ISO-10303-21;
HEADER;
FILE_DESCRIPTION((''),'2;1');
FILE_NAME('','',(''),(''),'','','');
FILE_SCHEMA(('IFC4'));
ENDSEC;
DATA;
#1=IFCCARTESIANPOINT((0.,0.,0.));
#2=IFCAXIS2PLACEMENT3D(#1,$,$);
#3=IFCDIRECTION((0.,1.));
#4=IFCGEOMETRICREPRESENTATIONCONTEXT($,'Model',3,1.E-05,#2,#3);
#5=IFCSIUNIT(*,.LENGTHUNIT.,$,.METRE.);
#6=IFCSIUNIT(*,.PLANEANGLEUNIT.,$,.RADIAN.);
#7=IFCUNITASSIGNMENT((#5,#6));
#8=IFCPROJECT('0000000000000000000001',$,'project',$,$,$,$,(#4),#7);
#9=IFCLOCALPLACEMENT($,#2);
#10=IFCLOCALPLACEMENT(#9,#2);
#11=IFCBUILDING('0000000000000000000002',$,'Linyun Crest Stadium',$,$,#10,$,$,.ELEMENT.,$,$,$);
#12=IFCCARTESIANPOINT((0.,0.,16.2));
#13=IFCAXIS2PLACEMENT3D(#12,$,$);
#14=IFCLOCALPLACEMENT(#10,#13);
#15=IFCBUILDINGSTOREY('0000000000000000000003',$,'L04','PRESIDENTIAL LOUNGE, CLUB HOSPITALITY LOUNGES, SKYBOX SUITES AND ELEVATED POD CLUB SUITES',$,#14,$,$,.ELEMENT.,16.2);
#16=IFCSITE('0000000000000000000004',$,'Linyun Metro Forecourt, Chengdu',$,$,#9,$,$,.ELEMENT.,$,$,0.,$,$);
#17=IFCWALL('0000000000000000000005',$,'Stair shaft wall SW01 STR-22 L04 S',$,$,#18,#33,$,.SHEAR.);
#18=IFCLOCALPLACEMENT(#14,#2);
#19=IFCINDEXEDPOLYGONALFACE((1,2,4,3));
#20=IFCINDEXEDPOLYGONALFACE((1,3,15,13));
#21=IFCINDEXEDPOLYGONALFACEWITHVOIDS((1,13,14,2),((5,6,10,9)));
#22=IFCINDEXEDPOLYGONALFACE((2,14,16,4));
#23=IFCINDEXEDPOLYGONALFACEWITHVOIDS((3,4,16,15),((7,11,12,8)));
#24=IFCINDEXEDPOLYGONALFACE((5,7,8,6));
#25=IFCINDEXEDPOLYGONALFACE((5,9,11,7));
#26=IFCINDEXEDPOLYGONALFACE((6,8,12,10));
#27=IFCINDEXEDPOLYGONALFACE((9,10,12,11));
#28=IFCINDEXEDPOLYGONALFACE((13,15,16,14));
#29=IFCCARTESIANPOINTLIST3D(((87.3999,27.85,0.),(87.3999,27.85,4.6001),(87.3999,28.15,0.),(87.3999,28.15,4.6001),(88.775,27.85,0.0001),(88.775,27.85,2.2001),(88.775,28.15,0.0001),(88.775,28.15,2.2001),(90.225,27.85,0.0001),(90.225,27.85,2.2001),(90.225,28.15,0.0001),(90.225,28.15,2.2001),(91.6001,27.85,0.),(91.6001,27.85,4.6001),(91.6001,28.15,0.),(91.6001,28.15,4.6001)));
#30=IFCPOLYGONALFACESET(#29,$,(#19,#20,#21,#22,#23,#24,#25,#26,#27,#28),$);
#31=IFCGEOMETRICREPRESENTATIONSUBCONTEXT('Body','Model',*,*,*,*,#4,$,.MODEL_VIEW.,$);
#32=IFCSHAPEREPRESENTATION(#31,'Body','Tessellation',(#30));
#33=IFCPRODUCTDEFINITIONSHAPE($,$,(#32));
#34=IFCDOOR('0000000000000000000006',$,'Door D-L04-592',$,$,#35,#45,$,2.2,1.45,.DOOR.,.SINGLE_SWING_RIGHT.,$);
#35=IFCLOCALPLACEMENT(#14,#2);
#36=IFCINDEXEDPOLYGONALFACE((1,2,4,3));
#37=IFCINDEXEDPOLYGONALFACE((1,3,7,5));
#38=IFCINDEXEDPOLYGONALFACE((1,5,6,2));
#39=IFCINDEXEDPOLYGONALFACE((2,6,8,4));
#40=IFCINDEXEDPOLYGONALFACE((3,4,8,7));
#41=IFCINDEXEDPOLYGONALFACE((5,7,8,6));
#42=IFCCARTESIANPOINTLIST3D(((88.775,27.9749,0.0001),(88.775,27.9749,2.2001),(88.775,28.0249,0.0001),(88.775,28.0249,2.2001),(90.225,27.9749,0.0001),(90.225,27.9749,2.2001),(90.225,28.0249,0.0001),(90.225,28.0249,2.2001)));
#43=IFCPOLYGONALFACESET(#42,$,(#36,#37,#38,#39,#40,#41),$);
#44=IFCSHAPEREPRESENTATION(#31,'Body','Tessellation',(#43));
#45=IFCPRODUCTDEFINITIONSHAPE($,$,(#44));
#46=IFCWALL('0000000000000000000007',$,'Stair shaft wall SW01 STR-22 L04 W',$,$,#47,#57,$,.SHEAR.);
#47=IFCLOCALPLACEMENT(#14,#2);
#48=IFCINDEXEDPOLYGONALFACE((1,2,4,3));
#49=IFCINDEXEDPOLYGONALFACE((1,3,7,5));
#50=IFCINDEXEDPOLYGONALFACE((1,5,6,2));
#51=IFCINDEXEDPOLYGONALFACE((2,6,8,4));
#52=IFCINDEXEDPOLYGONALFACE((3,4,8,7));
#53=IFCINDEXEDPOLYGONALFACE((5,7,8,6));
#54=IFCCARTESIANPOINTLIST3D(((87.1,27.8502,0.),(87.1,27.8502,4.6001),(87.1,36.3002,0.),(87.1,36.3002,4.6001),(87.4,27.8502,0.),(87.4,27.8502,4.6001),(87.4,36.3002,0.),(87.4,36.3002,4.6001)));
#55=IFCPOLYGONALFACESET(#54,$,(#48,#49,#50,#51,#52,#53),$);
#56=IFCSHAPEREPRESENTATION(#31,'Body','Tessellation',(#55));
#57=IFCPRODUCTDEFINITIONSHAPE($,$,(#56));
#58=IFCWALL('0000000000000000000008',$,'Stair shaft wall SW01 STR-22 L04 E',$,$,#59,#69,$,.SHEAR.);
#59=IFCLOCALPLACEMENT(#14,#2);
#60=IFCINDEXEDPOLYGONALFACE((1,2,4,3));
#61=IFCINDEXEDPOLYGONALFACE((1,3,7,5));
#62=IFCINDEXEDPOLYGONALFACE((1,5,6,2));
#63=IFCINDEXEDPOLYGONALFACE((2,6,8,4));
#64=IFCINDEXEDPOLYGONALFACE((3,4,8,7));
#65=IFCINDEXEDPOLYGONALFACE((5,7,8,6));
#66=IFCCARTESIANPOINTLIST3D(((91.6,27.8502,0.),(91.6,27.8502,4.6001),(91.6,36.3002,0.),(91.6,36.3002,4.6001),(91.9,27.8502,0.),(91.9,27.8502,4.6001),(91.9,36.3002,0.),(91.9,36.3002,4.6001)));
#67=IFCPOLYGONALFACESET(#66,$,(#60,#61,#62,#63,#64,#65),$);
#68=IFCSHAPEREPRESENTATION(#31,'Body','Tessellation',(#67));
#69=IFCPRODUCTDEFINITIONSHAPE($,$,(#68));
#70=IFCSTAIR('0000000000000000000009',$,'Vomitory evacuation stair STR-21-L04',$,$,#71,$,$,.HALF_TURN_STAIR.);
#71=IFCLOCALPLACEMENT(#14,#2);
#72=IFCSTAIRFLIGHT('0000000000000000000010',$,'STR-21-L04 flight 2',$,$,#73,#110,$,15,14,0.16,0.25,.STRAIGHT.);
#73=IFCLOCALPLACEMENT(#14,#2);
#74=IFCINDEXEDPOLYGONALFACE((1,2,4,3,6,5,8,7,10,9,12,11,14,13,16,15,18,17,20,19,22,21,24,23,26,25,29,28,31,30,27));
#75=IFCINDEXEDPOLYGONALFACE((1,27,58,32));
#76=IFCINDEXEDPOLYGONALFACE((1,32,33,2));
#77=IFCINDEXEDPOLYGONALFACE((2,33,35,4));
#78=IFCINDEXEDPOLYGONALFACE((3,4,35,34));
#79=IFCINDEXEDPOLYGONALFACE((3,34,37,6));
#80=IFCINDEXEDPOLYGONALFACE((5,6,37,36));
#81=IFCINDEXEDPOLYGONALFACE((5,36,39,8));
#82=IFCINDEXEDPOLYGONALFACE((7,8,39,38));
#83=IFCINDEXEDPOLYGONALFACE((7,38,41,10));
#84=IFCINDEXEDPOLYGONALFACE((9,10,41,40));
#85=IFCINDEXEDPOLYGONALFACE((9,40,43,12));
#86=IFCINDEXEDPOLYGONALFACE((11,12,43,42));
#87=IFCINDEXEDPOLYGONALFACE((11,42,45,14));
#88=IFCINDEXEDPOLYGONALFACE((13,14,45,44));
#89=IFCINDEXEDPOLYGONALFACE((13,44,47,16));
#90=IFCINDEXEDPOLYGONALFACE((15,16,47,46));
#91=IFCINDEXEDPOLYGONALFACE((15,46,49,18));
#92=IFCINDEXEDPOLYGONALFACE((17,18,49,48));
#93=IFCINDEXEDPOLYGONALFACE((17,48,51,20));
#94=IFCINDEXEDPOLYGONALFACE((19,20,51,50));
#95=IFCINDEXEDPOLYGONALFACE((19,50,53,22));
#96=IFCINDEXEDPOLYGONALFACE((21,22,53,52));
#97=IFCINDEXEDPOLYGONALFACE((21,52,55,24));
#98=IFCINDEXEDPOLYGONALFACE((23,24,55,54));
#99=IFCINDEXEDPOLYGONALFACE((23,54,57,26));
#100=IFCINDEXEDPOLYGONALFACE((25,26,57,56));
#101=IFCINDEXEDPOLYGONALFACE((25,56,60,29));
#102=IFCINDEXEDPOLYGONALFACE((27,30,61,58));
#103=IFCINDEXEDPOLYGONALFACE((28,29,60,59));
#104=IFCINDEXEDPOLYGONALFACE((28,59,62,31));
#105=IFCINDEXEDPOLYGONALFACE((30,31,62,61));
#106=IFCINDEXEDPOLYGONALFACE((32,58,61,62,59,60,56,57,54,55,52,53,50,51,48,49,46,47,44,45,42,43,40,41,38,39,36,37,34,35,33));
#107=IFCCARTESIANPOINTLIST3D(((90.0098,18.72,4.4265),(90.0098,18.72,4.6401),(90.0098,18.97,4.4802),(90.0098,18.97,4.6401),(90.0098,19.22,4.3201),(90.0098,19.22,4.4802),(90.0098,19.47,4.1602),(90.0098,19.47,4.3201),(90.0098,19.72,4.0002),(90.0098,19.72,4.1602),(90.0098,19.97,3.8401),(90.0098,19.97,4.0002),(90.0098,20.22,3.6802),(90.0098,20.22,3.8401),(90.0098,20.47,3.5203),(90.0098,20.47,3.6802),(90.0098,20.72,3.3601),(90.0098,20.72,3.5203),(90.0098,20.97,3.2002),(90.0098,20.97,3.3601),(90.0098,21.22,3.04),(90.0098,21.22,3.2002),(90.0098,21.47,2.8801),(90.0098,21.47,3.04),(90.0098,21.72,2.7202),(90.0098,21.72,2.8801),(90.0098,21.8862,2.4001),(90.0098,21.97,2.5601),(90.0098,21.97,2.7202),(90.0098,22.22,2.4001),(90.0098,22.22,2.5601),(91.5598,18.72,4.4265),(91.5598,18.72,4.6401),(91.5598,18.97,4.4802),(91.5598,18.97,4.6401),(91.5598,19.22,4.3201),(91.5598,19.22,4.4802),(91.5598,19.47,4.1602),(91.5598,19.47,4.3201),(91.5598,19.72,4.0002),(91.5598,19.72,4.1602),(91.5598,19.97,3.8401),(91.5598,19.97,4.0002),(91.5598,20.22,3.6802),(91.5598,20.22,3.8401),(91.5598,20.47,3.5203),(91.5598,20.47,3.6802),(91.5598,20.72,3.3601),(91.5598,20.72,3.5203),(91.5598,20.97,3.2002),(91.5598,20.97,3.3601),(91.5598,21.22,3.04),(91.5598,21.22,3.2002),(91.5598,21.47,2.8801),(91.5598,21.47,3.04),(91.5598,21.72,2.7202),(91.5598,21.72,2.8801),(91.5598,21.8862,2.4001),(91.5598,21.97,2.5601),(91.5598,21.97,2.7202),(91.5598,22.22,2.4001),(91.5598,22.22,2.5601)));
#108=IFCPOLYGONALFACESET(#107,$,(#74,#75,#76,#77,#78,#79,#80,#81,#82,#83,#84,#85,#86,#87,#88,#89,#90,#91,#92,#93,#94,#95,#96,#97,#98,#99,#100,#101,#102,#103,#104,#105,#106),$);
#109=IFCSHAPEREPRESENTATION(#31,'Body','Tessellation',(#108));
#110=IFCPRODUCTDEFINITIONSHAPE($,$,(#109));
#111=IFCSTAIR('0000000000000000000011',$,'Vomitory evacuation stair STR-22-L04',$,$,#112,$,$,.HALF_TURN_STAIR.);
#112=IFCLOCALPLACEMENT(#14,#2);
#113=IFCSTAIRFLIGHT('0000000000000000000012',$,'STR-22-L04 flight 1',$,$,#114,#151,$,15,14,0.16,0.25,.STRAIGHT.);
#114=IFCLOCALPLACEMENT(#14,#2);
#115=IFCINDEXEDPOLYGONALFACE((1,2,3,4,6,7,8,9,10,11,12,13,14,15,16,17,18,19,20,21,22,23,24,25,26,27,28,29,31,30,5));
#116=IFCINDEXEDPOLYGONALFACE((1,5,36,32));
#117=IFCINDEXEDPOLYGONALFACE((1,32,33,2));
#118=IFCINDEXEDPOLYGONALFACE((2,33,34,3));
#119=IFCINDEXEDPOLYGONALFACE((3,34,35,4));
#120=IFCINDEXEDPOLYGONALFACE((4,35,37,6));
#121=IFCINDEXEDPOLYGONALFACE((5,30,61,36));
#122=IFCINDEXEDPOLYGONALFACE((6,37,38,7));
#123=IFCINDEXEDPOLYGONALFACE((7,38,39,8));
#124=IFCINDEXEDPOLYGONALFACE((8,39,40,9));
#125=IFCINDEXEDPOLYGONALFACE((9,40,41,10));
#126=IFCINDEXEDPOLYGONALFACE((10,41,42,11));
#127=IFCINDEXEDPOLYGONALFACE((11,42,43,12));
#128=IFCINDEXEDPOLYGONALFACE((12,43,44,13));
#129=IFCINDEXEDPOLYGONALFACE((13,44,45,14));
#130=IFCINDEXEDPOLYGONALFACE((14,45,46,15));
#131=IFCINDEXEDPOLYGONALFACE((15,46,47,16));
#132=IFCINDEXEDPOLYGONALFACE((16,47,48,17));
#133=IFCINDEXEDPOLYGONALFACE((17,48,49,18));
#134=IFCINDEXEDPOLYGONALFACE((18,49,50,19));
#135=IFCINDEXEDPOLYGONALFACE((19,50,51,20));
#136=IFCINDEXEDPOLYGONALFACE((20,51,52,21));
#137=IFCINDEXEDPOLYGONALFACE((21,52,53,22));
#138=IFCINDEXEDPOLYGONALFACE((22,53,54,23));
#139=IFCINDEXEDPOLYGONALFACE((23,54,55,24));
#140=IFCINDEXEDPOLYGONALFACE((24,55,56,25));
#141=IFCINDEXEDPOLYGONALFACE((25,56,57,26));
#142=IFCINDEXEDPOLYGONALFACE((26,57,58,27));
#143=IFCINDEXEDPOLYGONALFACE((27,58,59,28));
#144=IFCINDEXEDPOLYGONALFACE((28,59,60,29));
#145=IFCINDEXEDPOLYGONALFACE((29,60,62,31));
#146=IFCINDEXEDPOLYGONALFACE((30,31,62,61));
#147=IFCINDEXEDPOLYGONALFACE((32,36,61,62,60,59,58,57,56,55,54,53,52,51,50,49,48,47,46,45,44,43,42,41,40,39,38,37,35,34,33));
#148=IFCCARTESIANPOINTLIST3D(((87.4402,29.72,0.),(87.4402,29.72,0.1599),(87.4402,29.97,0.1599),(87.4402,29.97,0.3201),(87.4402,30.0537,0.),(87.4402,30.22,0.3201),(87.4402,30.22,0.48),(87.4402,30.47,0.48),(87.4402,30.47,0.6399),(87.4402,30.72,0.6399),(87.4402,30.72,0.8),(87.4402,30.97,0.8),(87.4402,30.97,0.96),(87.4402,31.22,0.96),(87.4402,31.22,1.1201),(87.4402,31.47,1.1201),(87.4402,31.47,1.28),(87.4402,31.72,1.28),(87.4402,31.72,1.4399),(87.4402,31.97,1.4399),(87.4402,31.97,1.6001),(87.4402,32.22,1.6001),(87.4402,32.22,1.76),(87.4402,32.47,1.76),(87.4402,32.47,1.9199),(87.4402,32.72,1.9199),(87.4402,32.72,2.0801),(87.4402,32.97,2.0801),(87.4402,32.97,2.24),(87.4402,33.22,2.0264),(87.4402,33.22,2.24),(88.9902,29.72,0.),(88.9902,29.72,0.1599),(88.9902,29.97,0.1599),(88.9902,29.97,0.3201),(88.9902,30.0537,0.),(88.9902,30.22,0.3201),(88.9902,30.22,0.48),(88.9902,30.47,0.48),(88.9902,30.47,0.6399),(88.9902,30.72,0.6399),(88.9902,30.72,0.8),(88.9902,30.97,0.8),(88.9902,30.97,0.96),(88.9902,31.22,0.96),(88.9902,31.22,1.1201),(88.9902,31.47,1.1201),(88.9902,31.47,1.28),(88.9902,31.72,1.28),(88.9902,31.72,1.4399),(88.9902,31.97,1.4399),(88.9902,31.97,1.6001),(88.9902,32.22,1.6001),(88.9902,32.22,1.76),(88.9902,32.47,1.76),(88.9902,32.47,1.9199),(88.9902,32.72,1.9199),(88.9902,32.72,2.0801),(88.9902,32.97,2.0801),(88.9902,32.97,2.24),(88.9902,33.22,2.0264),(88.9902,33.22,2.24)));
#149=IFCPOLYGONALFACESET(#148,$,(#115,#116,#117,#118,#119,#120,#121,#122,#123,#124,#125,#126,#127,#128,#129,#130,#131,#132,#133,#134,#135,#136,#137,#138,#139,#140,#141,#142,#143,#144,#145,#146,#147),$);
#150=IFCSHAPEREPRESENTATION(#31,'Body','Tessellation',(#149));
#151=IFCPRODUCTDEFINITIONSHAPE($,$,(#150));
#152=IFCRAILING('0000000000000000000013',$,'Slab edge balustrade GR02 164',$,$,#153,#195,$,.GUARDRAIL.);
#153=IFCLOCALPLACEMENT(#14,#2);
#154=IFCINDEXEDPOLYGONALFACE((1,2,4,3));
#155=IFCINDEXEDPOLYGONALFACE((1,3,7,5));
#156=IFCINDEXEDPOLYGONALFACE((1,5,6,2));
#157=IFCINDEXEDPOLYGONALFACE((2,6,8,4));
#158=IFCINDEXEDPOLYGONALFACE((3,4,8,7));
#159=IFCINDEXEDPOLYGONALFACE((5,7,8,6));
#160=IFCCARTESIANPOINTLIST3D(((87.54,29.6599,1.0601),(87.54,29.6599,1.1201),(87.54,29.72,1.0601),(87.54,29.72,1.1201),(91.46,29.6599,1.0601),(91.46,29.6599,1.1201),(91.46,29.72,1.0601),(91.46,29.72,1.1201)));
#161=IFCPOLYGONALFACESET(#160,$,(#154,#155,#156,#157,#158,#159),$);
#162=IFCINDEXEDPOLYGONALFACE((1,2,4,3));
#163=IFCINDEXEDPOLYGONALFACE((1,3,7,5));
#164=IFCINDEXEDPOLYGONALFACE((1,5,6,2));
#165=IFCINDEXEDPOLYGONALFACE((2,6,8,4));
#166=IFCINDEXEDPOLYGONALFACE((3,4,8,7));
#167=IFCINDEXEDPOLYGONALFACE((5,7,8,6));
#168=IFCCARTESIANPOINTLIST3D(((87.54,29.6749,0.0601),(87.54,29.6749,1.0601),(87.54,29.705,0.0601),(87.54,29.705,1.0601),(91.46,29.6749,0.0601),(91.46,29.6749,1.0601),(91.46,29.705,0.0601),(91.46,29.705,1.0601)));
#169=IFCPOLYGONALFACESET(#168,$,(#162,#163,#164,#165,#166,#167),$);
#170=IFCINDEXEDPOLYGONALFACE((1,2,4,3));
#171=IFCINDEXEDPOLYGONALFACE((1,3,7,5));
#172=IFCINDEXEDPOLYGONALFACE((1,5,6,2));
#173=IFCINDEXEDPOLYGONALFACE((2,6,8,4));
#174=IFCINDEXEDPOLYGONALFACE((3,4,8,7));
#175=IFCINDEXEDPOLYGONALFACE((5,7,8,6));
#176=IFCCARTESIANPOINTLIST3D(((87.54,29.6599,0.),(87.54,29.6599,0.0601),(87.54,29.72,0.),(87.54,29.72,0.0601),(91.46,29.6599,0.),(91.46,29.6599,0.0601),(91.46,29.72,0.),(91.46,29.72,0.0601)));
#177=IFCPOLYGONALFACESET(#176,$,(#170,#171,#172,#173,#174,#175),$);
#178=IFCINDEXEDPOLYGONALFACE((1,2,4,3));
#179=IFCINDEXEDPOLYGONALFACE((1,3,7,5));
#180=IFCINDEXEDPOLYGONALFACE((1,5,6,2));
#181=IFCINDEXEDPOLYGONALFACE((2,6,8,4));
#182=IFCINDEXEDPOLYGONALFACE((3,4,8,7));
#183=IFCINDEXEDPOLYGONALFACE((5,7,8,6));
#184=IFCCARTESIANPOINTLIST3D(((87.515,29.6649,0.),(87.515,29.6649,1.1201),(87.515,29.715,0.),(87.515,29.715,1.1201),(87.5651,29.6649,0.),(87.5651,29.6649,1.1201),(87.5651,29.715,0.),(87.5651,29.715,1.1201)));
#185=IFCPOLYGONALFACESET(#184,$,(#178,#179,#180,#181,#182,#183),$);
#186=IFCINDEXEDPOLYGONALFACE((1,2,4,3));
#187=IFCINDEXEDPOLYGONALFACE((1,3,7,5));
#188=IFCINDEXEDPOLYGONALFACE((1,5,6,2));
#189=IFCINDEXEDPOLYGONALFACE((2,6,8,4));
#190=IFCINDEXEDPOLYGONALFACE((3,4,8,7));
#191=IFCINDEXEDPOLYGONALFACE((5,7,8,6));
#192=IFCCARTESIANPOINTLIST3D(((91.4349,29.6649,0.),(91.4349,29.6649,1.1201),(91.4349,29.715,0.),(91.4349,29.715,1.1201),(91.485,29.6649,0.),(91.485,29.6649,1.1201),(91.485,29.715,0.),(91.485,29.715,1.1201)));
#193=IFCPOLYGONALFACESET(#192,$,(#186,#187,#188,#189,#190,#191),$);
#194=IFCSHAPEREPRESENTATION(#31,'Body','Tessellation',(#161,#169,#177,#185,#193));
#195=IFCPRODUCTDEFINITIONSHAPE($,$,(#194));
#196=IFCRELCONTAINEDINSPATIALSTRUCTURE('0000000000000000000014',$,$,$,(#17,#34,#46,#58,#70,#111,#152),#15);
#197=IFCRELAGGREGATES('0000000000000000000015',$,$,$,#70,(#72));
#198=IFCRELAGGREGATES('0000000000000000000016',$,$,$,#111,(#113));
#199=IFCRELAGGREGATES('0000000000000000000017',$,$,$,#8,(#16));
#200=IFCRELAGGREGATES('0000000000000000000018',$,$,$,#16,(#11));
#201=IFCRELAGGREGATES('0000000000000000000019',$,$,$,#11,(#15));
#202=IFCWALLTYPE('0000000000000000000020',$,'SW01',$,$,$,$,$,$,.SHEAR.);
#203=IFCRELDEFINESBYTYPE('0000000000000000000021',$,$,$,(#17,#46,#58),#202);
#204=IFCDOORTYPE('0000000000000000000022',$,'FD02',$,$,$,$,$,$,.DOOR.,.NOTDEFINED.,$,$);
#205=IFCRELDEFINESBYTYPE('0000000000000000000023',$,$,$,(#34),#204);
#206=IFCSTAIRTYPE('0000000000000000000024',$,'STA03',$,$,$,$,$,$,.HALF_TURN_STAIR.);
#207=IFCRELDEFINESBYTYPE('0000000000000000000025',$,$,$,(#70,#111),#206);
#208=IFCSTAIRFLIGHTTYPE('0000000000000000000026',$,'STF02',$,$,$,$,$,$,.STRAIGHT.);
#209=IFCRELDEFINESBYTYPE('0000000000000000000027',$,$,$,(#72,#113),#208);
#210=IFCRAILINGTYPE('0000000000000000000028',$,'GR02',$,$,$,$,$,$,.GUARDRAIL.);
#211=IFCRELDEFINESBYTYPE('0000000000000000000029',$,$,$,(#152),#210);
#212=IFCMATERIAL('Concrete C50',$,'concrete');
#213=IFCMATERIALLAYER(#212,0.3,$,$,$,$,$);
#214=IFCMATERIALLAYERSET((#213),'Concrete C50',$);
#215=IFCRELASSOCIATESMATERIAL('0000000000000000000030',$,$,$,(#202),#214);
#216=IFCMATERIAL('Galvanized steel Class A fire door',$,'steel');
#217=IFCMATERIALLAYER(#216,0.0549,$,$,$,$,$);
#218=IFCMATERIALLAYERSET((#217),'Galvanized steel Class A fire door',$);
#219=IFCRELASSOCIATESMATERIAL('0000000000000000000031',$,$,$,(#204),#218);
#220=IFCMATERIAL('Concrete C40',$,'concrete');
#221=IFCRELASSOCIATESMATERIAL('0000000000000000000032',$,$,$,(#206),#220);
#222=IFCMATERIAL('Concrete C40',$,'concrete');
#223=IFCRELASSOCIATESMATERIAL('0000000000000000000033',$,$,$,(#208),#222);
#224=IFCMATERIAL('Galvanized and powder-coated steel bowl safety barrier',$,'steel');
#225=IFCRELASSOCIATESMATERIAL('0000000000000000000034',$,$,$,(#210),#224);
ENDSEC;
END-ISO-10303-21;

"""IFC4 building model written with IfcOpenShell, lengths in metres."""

from ifc_helpers import new_model, si_unit, direction, frame, frame_2d, origin, origin_2d, place, context, subcontext, project, spatial, polyline, rectangle, outline, extrude, material, layer, layer_set, type_object, element, fill, aggregate, save


model = new_model("IFC4")

# Units and contexts
model_context = context("Model", 3, precision=1e-05, world=origin(), true_north=direction((0.0, 1.0)))
body_context = subcontext(model_context, "Body", "Model", "MODEL_VIEW")
ifc_project = project(units=[si_unit("LENGTHUNIT", "METRE"), si_unit("PLANEANGLEUNIT", "RADIAN")], contexts=[model_context])

# Site, building, storey
site_placement = place(None, origin())
site = spatial("IfcSite", under=ifc_project, at=site_placement, Name="Linyun Metro Forecourt, Chengdu", CompositionType="ELEMENT", RefElevation=0.0)
building_placement = place(site_placement, origin())
building = spatial("IfcBuilding", under=site, at=building_placement, Name="Linyun Crest Stadium", CompositionType="ELEMENT")
storey_placement = place(building_placement, frame((0.0, 0.0, 16.2)))
storey = spatial("IfcBuildingStorey", under=building, at=storey_placement, Name="L04", Description="PRESIDENTIAL LOUNGE, CLUB HOSPITALITY LOUNGES, SKYBOX SUITES AND ELEVATED POD CLUB SUITES", CompositionType="ELEMENT", Elevation=16.2)

# Shared definitions
ifc_material_1 = material(Name="Concrete C50", Category="concrete")
ifc_layer_1 = layer(ifc_material_1, 0.3)
ifc_layer_set_1 = layer_set([ifc_layer_1], Name="Concrete C50")
wall_type = type_object("IfcWallType", Name="SW01", PredefinedType="SHEAR", material=ifc_layer_set_1)

# Wall, opening, door
wall_1_placement = place(storey_placement, frame((87.3999, 28.0, 0.0), z_axis=(0.0, 0.0, 1.0), x_axis=(1.0, 0.0, 0.0)))
wall_1 = element("IfcWall", 1, at=wall_1_placement, inside=storey, type_object=wall_type, Name="Stair shaft wall SW01 STR-22 L04 S", PredefinedType="SHEAR", context=body_context, shape_type="SweptSolid", body=[
    extrude(rectangle(XDim=4.2002, YDim=0.3, at=frame_2d((2.1001, 0.0))), origin(), (0.0, 0.0, 1.0), 4.6001),
])
opening_placement = place(wall_1_placement, frame((1.375, 0.0, 0.0)))
opening = element("IfcOpeningElement", 2, at=opening_placement, cuts=wall_1, PredefinedType="OPENING", context=body_context, shape_type="SweptSolid", body=[
    extrude(rectangle(XDim=1.45, YDim=2.2, at=frame_2d((0.7251, 1.1001))), frame((0.0, 0.1599, 0.0), z_axis=(0.0, -1.0, 0.0), x_axis=(1.0, 0.0, 0.0)), (0.0, 0.0, 1.0), 0.3201),
])
ifc_material_2 = material(Name="Galvanized steel Class A fire door", Category="steel")
ifc_layer_2 = layer(ifc_material_2, 0.0549)
ifc_layer_set_2 = layer_set([ifc_layer_2], Name="Galvanized steel Class A fire door")
door_type = type_object("IfcDoorType", Name="FD02", OperationType="NOTDEFINED", PredefinedType="DOOR", material=ifc_layer_set_2)
door_placement = place(opening_placement, origin())
door = element("IfcDoor", 3, at=door_placement, inside=storey, type_object=door_type, Name="Door D-L04-592", OperationType="SINGLE_SWING_RIGHT", OverallHeight=2.2, OverallWidth=1.45, PredefinedType="DOOR", context=body_context, shape_type="SweptSolid", body=[
    extrude(rectangle(XDim=1.45, YDim=2.2, at=frame_2d((0.7251, 1.1001))), frame((0.0, 0.0249, 0.0), z_axis=(0.0, -1.0, 0.0), x_axis=(1.0, 0.0, 0.0)), (0.0, 0.0, 1.0), 0.05),
])
fill(opening, door)

# Walls
for number, where, z_axis, x_axis, name in (
    (4, (87.25, 27.8501, 0.0), (0.0, 0.0, 1.0), (0.0, 1.0, 0.0), "Stair shaft wall SW01 STR-22 L04 W"),
    (5, (91.75, 27.8501, 0.0), (0.0, 0.0, 1.0), (0.0, 1.0, 0.0), "Stair shaft wall SW01 STR-22 L04 E"),
):
    element("IfcWall", number, at=place(storey_placement, frame(where, z_axis=z_axis, x_axis=x_axis)), inside=storey, type_object=wall_type, Name=name, PredefinedType="SHEAR", context=body_context, shape_type="SweptSolid", body=[
        extrude(rectangle(XDim=8.45, YDim=0.3, at=frame_2d((4.2251, 0.0))), origin(), (0.0, 0.0, 1.0), 4.6001),
    ])

# Stairs, stair flights
ifc_material_3 = material(Name="Concrete C40", Category="concrete")
stair_type = type_object("IfcStairType", Name="STA03", PredefinedType="HALF_TURN_STAIR", material=ifc_material_3)
stair_1_placement = place(storey_placement, origin())
stair_1 = element("IfcStair", 6, at=stair_1_placement, inside=storey, type_object=stair_type, Name="Vomitory evacuation stair STR-21-L04", PredefinedType="HALF_TURN_STAIR")
ifc_material_4 = material(Name="Concrete C40", Category="concrete")
stair_flight_type = type_object("IfcStairFlightType", Name="STF02", PredefinedType="STRAIGHT", material=ifc_material_4)
stair_flight_1_placement = place(storey_placement, frame((90.7849, 22.22, 2.4001), z_axis=(0.0, 0.0, 1.0), x_axis=(0.0, -1.0, 0.0)))
stair_flight_1 = element("IfcStairFlight", 7, at=stair_flight_1_placement, type_object=stair_flight_type, Name="STR-21-L04 flight 2", NumberOfRisers=15, NumberOfTreads=14, PredefinedType="STRAIGHT", RiserHeight=0.16, TreadLength=0.25, context=body_context, shape_type="SweptSolid", body=[
    extrude(outline(polyline([(0.0, 0.0), (0.0, 0.1599), (0.25, 0.1599), (0.25, 0.3201), (0.5, 0.3201), (0.5, 0.48), (0.75, 0.48), (0.75, 0.6399), (1.0, 0.6399), (1.0, 0.8), (1.25, 0.8), (1.25, 0.96), (1.5, 0.96), (1.5, 1.1201), (1.75, 1.1201), (1.75, 1.28), (2.0, 1.28), (2.0, 1.4399), (2.25, 1.4399), (2.25, 1.6001), (2.5, 1.6001), (2.5, 1.76), (2.75, 1.76), (2.75, 1.9199), (3.0, 1.9199), (3.0, 2.0801), (3.25, 2.0801), (3.25, 2.24), (3.5, 2.24), (3.5, 2.3999), (3.5, 2.0264), (0.3337, 0.0), (0.0, 0.0)])), frame((0.0, 0.7749, 0.0), z_axis=(0.0, -1.0, 0.0), x_axis=(1.0, 0.0, 0.0)), (0.0, 0.0, 1.0), 1.55),
])
aggregate(stair_1, [stair_flight_1])
stair_2_placement = place(storey_placement, origin())
stair_2 = element("IfcStair", 8, at=stair_2_placement, inside=storey, type_object=stair_type, Name="Vomitory evacuation stair STR-22-L04", PredefinedType="HALF_TURN_STAIR")
stair_flight_2_placement = place(storey_placement, frame((88.2151, 29.72, 0.0), z_axis=(0.0, 0.0, 1.0), x_axis=(0.0, 1.0, 0.0)))
stair_flight_2 = element("IfcStairFlight", 9, at=stair_flight_2_placement, type_object=stair_flight_type, Name="STR-22-L04 flight 1", NumberOfRisers=15, NumberOfTreads=14, PredefinedType="STRAIGHT", RiserHeight=0.16, TreadLength=0.25, context=body_context, shape_type="SweptSolid", body=[
    extrude(outline(polyline([(0.0, 0.0), (0.0, 0.1599), (0.25, 0.1599), (0.25, 0.3201), (0.5, 0.3201), (0.5, 0.48), (0.75, 0.48), (0.75, 0.6399), (1.0, 0.6399), (1.0, 0.8), (1.25, 0.8), (1.25, 0.96), (1.5, 0.96), (1.5, 1.1201), (1.75, 1.1201), (1.75, 1.28), (2.0, 1.28), (2.0, 1.4399), (2.25, 1.4399), (2.25, 1.6001), (2.5, 1.6001), (2.5, 1.76), (2.75, 1.76), (2.75, 1.9199), (3.0, 1.9199), (3.0, 2.0801), (3.25, 2.0801), (3.25, 2.24), (3.5, 2.24), (3.5, 2.3999), (3.5, 2.0264), (0.3337, 0.0), (0.0, 0.0)])), frame((0.0, 0.7749, 0.0), z_axis=(0.0, -1.0, 0.0), x_axis=(1.0, 0.0, 0.0)), (0.0, 0.0, 1.0), 1.55),
])
aggregate(stair_2, [stair_flight_2])

# Railing
ifc_material_5 = material(Name="Galvanized and powder-coated steel bowl safety barrier", Category="steel")
railing_type_1 = type_object("IfcRailingType", Name="GR02", PredefinedType="GUARDRAIL", material=ifc_material_5)
railing_1_placement = place(storey_placement, frame((87.54, 29.6899, 0.0)))
element("IfcRailing", 10, at=railing_1_placement, inside=storey, type_object=railing_type_1, Name="Slab edge balustrade GR02 164", PredefinedType="GUARDRAIL", context=body_context, shape_type="SweptSolid", body=[
    extrude(rectangle(XDim=0.0601, YDim=0.0601, at=origin_2d()), frame((0.0, 0.0, 1.0901), z_axis=(1.0, 0.0, 0.0), x_axis=(0.0, 1.0, 0.0)), (0.0, 0.0, 1.0), 3.9199),
    extrude(rectangle(XDim=0.03, YDim=1.0, at=origin_2d()), frame((0.0, 0.0, 0.5601), z_axis=(1.0, 0.0, 0.0), x_axis=(0.0, 1.0, 0.0)), (0.0, 0.0, 1.0), 3.9199),
    extrude(rectangle(XDim=0.0601, YDim=0.0601, at=origin_2d()), frame((0.0, 0.0, 0.03), z_axis=(1.0, 0.0, 0.0), x_axis=(0.0, 1.0, 0.0)), (0.0, 0.0, 1.0), 3.9199),
    extrude(rectangle(XDim=0.05, YDim=0.05, at=origin_2d()), origin(), (0.0, 0.0, 1.0), 1.1201),
    extrude(rectangle(XDim=0.05, YDim=0.05, at=origin_2d()), frame((3.9199, 0.0, 0.0)), (0.0, 0.0, 1.0), 1.1201),
])

save(model, "model.ifc")
